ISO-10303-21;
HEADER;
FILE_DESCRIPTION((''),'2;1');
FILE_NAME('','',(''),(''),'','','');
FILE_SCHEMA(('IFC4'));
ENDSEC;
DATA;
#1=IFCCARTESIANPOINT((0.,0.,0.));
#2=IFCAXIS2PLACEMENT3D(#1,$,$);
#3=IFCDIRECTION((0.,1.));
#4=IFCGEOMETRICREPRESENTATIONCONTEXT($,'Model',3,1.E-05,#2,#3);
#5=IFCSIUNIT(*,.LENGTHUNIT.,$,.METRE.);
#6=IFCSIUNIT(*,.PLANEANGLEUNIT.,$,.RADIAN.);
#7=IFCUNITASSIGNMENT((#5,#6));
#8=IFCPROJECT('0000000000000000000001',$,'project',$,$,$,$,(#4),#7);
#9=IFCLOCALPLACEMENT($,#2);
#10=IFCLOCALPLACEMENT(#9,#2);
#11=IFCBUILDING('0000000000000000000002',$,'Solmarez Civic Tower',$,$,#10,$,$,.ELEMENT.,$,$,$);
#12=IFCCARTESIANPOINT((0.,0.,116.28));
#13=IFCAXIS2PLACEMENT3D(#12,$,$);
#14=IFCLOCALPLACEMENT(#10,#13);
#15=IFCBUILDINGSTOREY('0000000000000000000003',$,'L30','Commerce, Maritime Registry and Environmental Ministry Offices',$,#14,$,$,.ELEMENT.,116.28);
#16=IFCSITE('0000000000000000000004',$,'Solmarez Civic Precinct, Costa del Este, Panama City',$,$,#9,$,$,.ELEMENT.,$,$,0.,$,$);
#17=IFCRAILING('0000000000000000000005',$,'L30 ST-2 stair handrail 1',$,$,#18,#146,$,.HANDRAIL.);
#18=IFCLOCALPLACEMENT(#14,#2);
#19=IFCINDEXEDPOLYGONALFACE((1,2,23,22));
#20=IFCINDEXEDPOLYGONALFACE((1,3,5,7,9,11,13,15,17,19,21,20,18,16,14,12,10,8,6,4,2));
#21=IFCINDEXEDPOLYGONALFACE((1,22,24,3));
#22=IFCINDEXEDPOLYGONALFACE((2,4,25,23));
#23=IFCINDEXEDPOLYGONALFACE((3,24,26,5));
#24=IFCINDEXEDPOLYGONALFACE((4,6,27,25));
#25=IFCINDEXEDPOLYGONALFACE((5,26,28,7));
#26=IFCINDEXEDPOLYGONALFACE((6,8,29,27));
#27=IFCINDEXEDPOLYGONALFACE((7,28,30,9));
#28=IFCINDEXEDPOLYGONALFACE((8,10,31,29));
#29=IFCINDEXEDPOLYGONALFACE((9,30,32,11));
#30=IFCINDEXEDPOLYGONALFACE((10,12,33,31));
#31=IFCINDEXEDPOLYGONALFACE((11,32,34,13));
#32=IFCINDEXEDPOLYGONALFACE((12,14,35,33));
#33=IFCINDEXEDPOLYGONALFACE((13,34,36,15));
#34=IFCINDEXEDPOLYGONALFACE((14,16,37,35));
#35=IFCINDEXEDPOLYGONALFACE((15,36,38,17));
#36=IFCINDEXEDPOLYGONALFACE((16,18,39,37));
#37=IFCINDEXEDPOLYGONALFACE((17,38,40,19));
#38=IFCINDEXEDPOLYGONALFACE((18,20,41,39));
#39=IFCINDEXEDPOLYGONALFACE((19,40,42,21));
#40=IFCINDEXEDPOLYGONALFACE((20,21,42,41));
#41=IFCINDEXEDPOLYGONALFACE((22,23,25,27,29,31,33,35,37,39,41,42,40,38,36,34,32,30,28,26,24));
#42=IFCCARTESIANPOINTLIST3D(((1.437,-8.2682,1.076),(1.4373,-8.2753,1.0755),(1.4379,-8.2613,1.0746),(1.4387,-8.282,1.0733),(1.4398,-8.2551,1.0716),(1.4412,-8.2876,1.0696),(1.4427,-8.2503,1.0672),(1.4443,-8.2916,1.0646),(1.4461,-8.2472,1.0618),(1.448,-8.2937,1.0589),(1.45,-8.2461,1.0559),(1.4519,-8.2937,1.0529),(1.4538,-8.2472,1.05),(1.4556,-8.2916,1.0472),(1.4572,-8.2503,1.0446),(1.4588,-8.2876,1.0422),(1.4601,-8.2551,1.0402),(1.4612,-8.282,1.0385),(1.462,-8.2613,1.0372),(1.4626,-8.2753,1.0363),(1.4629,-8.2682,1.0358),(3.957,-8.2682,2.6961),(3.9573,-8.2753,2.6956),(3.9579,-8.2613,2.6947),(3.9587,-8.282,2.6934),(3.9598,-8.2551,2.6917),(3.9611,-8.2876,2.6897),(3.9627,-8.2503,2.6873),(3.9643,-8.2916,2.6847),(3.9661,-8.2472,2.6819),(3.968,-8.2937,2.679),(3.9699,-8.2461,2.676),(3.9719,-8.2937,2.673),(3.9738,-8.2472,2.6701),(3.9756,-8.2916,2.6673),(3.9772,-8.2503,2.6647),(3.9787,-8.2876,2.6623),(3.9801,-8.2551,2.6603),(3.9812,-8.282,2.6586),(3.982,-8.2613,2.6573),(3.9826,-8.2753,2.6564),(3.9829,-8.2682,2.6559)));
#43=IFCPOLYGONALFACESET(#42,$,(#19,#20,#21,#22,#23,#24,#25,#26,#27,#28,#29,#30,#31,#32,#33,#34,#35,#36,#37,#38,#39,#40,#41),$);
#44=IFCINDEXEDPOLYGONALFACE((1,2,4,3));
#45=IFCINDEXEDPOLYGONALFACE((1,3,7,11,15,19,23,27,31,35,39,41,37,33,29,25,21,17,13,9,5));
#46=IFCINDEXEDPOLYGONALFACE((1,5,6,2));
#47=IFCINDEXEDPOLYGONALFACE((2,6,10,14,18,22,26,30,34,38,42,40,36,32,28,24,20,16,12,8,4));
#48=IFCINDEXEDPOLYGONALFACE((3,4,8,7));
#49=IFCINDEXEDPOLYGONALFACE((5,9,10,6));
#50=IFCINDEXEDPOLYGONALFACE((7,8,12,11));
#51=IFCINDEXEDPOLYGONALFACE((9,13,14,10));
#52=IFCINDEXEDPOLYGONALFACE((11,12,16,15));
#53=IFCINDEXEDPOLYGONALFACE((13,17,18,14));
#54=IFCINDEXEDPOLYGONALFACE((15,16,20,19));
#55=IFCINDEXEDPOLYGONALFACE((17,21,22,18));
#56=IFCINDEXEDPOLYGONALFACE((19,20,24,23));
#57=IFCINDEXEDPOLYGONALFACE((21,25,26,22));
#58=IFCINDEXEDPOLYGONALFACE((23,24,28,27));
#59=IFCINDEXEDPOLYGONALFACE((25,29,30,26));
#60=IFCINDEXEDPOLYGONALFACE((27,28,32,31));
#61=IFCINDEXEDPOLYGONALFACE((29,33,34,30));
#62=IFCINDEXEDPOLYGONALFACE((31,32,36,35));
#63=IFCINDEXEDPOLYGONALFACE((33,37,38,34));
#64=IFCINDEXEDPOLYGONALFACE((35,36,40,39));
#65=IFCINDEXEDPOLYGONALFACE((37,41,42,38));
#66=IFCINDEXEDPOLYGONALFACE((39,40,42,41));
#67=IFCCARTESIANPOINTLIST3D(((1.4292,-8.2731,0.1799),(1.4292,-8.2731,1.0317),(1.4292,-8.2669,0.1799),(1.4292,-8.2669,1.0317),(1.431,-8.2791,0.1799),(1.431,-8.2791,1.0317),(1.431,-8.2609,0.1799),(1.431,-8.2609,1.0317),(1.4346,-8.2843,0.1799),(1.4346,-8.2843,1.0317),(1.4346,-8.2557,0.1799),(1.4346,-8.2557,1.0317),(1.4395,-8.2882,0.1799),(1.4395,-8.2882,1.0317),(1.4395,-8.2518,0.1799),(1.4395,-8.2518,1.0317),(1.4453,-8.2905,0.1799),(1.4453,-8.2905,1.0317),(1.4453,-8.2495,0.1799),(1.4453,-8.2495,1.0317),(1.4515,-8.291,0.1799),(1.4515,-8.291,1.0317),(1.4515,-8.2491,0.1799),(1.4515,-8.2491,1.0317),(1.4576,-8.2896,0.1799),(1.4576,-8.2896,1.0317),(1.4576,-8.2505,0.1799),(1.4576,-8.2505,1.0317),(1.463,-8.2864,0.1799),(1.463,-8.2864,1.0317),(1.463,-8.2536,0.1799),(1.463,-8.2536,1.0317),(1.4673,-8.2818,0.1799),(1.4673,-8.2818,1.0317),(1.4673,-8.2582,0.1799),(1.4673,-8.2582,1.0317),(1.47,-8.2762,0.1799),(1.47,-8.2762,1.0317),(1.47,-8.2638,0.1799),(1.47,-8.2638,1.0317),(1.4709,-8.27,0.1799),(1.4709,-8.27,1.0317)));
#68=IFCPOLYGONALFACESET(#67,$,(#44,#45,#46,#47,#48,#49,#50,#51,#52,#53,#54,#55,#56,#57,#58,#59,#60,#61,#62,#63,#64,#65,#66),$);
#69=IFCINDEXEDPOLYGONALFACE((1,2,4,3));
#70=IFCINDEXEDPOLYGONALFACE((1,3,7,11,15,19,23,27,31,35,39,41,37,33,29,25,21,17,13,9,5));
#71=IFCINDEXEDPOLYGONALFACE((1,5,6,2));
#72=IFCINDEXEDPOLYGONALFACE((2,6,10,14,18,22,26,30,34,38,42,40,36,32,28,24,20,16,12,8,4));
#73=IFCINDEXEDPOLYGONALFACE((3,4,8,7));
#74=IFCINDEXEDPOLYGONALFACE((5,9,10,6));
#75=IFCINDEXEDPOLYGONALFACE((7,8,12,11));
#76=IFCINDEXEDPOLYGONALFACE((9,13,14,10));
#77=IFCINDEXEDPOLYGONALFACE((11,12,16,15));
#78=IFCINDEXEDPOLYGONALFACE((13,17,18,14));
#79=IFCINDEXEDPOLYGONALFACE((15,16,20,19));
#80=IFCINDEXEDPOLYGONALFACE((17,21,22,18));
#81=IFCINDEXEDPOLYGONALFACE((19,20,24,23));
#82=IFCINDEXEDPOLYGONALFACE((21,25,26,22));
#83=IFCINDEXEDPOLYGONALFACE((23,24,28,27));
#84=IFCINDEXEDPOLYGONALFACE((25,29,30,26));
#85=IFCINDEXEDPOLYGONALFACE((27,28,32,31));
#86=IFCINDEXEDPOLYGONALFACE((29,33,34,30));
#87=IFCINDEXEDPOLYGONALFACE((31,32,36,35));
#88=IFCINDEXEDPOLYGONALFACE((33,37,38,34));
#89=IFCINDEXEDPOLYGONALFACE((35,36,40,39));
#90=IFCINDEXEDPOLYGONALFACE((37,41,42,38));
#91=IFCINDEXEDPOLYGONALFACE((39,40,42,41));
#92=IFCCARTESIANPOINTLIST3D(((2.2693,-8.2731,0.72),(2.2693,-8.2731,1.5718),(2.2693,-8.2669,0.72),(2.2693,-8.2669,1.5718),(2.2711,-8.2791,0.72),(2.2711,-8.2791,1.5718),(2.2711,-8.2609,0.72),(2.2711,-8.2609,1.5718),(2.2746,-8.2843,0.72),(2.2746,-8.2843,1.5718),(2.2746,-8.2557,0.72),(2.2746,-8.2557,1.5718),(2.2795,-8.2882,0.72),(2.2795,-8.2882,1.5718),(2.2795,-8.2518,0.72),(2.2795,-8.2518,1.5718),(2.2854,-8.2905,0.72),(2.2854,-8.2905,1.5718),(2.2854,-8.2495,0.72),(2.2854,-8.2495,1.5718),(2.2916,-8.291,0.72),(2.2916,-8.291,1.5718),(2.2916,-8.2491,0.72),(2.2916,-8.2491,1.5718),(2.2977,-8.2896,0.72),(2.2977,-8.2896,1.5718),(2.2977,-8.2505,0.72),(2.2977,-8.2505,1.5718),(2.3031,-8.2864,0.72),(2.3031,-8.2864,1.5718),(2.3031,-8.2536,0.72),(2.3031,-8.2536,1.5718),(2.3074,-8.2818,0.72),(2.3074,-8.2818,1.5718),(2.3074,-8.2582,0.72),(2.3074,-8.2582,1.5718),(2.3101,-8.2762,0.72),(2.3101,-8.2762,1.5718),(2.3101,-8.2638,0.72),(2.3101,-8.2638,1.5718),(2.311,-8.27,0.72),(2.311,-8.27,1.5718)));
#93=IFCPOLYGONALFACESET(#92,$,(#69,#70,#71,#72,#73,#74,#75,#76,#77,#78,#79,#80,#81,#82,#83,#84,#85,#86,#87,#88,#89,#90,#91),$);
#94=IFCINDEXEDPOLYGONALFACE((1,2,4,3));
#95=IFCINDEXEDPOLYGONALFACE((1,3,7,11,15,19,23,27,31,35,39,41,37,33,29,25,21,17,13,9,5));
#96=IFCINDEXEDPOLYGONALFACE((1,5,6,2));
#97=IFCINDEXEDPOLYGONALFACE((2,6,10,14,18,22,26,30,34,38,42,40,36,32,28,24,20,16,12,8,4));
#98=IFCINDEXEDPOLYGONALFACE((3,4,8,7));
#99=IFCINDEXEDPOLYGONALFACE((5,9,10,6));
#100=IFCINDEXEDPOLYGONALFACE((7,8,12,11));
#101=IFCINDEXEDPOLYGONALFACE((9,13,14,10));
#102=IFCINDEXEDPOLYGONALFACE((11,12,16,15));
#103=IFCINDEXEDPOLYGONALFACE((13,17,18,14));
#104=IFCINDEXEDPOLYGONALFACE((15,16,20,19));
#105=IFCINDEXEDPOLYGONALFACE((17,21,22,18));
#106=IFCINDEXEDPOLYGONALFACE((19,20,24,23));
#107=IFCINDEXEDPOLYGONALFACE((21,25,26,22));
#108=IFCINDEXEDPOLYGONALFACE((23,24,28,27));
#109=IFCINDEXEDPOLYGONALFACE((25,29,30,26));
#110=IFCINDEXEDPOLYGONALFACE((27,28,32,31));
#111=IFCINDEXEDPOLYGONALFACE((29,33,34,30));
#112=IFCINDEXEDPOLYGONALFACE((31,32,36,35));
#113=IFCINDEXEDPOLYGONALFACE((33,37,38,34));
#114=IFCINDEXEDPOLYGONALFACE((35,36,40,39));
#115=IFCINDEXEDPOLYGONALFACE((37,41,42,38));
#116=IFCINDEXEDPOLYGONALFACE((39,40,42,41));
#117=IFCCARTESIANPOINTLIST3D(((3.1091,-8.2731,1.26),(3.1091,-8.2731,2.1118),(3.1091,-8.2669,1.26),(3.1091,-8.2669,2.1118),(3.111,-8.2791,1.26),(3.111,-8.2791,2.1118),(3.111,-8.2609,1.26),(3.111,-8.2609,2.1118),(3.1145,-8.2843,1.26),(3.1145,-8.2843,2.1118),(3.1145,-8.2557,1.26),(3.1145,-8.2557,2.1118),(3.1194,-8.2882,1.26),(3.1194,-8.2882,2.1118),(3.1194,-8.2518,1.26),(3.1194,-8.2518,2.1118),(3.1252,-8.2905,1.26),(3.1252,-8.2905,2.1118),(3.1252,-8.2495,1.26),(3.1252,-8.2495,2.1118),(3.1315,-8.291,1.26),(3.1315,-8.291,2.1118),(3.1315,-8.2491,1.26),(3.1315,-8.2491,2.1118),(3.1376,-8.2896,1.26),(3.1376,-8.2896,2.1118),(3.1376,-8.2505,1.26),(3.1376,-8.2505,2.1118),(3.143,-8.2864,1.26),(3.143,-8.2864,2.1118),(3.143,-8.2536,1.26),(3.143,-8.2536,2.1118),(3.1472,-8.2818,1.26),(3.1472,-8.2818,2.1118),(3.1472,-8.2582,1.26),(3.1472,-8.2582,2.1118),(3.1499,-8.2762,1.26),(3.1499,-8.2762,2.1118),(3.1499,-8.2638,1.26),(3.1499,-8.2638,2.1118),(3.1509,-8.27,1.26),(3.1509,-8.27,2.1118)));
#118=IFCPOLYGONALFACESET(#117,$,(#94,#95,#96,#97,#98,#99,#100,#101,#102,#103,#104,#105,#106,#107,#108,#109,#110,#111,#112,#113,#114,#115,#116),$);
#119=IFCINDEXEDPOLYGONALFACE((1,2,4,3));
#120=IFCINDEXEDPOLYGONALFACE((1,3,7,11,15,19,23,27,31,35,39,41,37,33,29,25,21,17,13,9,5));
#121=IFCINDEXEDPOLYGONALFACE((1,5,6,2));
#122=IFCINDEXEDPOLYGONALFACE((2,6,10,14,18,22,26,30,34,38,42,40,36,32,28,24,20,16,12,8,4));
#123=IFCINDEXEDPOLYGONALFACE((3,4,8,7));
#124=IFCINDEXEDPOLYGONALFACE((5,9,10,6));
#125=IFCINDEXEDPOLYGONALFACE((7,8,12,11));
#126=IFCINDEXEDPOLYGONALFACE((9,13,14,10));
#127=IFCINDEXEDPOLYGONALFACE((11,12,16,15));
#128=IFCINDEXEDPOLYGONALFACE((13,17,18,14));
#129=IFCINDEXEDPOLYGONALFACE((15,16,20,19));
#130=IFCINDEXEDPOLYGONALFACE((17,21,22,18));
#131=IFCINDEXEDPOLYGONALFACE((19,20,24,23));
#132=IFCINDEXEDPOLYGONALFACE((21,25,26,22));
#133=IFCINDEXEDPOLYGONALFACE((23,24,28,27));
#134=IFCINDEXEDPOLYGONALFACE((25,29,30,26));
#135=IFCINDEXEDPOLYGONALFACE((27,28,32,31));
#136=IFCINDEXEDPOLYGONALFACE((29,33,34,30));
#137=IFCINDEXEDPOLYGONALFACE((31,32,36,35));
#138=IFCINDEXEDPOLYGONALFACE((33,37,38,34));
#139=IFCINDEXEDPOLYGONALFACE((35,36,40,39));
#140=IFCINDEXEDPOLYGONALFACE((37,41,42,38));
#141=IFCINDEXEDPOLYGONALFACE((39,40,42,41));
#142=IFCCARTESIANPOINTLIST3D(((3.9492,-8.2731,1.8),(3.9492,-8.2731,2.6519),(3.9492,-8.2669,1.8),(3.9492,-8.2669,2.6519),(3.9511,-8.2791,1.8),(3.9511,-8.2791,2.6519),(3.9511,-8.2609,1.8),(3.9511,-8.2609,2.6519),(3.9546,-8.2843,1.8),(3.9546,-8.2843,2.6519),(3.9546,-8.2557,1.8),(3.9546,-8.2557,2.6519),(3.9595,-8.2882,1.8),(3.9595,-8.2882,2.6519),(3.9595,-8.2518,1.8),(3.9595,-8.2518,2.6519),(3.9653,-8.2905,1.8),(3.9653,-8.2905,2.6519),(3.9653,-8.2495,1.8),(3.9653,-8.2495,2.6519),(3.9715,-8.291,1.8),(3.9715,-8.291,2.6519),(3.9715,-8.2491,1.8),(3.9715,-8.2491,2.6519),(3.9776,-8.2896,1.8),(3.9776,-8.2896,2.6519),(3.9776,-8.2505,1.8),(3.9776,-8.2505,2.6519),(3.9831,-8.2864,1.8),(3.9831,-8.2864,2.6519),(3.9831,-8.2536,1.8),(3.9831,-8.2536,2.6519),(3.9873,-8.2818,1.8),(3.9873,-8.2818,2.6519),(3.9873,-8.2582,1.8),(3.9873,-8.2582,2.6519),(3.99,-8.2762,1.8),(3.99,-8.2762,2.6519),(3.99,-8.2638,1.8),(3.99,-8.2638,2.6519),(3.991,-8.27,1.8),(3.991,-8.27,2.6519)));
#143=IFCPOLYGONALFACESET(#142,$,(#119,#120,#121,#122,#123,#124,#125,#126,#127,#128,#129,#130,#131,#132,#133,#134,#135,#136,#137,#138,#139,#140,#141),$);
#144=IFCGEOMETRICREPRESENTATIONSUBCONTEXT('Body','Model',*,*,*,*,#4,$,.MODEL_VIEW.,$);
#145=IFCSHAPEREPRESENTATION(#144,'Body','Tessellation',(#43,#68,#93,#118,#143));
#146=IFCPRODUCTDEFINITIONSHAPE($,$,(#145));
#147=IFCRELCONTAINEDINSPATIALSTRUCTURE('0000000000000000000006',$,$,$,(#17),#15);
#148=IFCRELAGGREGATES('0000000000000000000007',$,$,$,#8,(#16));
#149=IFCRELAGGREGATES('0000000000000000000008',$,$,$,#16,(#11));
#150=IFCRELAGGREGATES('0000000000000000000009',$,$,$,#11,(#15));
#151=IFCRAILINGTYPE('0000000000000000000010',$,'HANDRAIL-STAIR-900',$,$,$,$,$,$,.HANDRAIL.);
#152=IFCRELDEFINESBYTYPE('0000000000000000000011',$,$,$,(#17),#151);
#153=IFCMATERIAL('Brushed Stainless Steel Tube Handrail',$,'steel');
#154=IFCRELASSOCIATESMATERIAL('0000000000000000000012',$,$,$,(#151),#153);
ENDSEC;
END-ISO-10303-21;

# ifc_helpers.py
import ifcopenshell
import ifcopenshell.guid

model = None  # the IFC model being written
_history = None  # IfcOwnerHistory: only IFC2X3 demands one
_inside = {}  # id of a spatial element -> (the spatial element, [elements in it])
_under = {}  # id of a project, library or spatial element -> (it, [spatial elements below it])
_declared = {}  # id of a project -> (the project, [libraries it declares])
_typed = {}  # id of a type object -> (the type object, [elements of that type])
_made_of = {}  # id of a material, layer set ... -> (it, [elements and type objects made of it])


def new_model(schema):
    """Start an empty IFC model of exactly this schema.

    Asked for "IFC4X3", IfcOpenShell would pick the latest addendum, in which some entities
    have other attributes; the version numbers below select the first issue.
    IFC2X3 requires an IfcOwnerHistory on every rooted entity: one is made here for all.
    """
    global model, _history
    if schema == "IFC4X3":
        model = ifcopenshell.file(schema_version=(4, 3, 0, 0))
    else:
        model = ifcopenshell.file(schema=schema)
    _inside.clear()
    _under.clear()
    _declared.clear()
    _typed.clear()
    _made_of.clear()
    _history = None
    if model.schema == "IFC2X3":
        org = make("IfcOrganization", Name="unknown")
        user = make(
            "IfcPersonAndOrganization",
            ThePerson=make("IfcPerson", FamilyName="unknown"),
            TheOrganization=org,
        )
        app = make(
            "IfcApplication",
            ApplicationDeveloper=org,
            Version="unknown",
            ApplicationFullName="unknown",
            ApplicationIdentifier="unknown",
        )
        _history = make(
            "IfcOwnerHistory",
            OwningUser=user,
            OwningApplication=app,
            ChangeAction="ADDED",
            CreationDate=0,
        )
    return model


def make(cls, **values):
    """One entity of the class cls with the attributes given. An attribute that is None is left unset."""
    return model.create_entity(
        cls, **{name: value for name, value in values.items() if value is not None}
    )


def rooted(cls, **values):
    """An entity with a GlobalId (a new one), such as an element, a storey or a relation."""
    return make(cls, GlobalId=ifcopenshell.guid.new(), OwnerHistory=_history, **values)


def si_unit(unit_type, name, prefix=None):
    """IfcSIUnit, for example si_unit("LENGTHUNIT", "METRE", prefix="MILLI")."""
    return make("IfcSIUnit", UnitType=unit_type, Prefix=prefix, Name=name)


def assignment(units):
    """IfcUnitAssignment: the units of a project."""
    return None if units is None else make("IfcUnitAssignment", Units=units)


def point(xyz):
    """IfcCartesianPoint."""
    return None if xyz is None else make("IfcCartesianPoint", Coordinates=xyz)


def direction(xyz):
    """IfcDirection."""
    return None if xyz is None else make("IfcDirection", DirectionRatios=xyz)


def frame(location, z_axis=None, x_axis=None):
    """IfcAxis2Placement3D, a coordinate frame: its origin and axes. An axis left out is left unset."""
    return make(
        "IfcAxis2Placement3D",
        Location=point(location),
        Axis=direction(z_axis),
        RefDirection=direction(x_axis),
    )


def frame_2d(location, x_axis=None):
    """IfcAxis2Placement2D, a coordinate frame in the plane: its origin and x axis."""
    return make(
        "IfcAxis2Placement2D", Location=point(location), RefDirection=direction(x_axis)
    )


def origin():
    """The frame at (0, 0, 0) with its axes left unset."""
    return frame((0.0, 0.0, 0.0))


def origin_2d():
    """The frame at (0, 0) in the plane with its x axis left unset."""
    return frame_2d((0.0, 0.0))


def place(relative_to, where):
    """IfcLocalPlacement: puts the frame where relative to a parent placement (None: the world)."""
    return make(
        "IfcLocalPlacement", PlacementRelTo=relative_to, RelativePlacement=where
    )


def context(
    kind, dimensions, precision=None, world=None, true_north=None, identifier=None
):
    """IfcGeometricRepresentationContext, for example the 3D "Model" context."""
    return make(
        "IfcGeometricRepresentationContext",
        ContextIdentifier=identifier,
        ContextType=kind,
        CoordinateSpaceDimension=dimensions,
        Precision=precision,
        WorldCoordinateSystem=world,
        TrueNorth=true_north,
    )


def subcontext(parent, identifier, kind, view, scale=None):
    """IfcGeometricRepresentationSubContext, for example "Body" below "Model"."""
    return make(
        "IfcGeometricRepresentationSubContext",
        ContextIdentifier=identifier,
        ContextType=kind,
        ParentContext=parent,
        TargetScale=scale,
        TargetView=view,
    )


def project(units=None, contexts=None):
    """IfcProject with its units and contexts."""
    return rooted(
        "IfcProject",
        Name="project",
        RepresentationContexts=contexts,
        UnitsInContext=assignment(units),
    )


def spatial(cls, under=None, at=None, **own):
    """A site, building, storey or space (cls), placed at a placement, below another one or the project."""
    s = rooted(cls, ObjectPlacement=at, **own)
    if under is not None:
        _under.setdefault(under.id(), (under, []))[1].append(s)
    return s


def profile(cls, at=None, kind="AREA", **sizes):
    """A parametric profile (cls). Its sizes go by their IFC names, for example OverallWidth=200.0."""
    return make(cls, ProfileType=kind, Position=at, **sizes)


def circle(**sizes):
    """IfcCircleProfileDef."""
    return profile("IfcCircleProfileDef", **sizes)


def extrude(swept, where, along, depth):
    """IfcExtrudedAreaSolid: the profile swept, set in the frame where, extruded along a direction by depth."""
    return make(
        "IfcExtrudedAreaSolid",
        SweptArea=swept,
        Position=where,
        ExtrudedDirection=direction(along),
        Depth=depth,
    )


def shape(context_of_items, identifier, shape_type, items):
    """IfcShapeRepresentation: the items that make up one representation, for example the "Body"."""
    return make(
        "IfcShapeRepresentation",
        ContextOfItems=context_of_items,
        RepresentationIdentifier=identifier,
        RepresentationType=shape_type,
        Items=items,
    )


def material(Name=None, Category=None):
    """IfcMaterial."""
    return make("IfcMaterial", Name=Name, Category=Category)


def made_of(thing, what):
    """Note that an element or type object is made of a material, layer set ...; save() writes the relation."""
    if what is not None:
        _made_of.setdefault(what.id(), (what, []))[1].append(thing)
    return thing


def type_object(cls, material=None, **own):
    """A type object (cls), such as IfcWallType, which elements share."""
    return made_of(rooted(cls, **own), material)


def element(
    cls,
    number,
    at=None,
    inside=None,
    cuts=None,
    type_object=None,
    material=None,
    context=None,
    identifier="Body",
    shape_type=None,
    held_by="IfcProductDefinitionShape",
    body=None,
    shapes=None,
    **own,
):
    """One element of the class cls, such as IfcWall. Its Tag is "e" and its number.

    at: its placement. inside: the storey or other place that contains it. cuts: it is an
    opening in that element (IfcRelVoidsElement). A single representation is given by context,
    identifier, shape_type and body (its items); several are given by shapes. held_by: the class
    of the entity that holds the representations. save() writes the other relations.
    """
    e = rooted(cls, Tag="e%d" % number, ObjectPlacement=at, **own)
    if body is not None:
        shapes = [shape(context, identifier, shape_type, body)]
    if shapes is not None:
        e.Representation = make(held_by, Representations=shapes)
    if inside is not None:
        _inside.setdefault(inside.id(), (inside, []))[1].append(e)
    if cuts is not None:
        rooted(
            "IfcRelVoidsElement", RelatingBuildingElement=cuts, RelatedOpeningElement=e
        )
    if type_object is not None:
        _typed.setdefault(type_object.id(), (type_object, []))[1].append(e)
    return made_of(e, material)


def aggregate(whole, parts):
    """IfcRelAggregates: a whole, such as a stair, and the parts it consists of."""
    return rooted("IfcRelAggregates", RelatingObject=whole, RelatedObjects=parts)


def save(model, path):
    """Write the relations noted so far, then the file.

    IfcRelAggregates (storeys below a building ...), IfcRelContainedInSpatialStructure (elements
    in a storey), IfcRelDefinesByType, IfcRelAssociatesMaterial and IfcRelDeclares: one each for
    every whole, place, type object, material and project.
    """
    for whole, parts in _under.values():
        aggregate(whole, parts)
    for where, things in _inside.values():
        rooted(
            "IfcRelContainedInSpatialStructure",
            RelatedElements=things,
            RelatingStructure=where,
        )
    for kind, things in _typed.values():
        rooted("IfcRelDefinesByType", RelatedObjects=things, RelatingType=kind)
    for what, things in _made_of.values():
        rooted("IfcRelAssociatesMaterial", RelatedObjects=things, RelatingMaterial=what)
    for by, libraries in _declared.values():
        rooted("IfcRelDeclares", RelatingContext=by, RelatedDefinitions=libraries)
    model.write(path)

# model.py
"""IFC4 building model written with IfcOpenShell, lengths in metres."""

from ifc_helpers import new_model, si_unit, direction, frame, origin, origin_2d, place, context, subcontext, project, spatial, circle, extrude, material, type_object, element, save


model = new_model("IFC4")

# Units and contexts
model_context = context("Model", 3, precision=1e-05, world=origin(), true_north=direction((0.0, 1.0)))
body_context = subcontext(model_context, "Body", "Model", "MODEL_VIEW")
ifc_project = project(units=[si_unit("LENGTHUNIT", "METRE"), si_unit("PLANEANGLEUNIT", "RADIAN")], contexts=[model_context])

# Site, building, storey
site_placement = place(None, origin())
site = spatial("IfcSite", under=ifc_project, at=site_placement, Name="Solmarez Civic Precinct, Costa del Este, Panama City", CompositionType="ELEMENT", RefElevation=0.0)
building_placement = place(site_placement, origin())
building = spatial("IfcBuilding", under=site, at=building_placement, Name="Solmarez Civic Tower", CompositionType="ELEMENT")
storey_placement = place(building_placement, frame((0.0, 0.0, 116.28)))
storey = spatial("IfcBuildingStorey", under=building, at=storey_placement, Name="L30", Description="Commerce, Maritime Registry and Environmental Ministry Offices", CompositionType="ELEMENT", Elevation=116.28)

# Railing
ifc_material_1 = material(Name="Brushed Stainless Steel Tube Handrail", Category="steel")
railing_type_1 = type_object("IfcRailingType", Name="HANDRAIL-STAIR-900", PredefinedType="HANDRAIL", material=ifc_material_1)
railing_1_placement = place(storey_placement, frame((1.45, -8.27, 0.1799)))
element("IfcRailing", 1, at=railing_1_placement, inside=storey, type_object=railing_type_1, Name="L30 ST-2 stair handrail 1", PredefinedType="HANDRAIL", context=body_context, shape_type="SweptSolid", body=[
    extrude(circle(Radius=0.0239, at=origin_2d()), frame((0.0, 0.0, 0.876), z_axis=(0.841163, 0.0, 0.540782), x_axis=(0.0, 1.0, 0.0)), (0.0, 0.0, 1.0), 2.9958),
    extrude(circle(Radius=0.021, at=origin_2d()), origin(), (0.0, 0.0, 1.0), 0.8518),
    extrude(circle(Radius=0.021, at=origin_2d()), frame((0.8401, 0.0, 0.54)), (0.0, 0.0, 1.0), 0.8518),
    extrude(circle(Radius=0.021, at=origin_2d()), frame((1.6799, 0.0, 1.0801)), (0.0, 0.0, 1.0), 0.8518),
    extrude(circle(Radius=0.021, at=origin_2d()), frame((2.52, 0.0, 1.6201)), (0.0, 0.0, 1.0), 0.8518),
])

save(model, "model.ifc")
